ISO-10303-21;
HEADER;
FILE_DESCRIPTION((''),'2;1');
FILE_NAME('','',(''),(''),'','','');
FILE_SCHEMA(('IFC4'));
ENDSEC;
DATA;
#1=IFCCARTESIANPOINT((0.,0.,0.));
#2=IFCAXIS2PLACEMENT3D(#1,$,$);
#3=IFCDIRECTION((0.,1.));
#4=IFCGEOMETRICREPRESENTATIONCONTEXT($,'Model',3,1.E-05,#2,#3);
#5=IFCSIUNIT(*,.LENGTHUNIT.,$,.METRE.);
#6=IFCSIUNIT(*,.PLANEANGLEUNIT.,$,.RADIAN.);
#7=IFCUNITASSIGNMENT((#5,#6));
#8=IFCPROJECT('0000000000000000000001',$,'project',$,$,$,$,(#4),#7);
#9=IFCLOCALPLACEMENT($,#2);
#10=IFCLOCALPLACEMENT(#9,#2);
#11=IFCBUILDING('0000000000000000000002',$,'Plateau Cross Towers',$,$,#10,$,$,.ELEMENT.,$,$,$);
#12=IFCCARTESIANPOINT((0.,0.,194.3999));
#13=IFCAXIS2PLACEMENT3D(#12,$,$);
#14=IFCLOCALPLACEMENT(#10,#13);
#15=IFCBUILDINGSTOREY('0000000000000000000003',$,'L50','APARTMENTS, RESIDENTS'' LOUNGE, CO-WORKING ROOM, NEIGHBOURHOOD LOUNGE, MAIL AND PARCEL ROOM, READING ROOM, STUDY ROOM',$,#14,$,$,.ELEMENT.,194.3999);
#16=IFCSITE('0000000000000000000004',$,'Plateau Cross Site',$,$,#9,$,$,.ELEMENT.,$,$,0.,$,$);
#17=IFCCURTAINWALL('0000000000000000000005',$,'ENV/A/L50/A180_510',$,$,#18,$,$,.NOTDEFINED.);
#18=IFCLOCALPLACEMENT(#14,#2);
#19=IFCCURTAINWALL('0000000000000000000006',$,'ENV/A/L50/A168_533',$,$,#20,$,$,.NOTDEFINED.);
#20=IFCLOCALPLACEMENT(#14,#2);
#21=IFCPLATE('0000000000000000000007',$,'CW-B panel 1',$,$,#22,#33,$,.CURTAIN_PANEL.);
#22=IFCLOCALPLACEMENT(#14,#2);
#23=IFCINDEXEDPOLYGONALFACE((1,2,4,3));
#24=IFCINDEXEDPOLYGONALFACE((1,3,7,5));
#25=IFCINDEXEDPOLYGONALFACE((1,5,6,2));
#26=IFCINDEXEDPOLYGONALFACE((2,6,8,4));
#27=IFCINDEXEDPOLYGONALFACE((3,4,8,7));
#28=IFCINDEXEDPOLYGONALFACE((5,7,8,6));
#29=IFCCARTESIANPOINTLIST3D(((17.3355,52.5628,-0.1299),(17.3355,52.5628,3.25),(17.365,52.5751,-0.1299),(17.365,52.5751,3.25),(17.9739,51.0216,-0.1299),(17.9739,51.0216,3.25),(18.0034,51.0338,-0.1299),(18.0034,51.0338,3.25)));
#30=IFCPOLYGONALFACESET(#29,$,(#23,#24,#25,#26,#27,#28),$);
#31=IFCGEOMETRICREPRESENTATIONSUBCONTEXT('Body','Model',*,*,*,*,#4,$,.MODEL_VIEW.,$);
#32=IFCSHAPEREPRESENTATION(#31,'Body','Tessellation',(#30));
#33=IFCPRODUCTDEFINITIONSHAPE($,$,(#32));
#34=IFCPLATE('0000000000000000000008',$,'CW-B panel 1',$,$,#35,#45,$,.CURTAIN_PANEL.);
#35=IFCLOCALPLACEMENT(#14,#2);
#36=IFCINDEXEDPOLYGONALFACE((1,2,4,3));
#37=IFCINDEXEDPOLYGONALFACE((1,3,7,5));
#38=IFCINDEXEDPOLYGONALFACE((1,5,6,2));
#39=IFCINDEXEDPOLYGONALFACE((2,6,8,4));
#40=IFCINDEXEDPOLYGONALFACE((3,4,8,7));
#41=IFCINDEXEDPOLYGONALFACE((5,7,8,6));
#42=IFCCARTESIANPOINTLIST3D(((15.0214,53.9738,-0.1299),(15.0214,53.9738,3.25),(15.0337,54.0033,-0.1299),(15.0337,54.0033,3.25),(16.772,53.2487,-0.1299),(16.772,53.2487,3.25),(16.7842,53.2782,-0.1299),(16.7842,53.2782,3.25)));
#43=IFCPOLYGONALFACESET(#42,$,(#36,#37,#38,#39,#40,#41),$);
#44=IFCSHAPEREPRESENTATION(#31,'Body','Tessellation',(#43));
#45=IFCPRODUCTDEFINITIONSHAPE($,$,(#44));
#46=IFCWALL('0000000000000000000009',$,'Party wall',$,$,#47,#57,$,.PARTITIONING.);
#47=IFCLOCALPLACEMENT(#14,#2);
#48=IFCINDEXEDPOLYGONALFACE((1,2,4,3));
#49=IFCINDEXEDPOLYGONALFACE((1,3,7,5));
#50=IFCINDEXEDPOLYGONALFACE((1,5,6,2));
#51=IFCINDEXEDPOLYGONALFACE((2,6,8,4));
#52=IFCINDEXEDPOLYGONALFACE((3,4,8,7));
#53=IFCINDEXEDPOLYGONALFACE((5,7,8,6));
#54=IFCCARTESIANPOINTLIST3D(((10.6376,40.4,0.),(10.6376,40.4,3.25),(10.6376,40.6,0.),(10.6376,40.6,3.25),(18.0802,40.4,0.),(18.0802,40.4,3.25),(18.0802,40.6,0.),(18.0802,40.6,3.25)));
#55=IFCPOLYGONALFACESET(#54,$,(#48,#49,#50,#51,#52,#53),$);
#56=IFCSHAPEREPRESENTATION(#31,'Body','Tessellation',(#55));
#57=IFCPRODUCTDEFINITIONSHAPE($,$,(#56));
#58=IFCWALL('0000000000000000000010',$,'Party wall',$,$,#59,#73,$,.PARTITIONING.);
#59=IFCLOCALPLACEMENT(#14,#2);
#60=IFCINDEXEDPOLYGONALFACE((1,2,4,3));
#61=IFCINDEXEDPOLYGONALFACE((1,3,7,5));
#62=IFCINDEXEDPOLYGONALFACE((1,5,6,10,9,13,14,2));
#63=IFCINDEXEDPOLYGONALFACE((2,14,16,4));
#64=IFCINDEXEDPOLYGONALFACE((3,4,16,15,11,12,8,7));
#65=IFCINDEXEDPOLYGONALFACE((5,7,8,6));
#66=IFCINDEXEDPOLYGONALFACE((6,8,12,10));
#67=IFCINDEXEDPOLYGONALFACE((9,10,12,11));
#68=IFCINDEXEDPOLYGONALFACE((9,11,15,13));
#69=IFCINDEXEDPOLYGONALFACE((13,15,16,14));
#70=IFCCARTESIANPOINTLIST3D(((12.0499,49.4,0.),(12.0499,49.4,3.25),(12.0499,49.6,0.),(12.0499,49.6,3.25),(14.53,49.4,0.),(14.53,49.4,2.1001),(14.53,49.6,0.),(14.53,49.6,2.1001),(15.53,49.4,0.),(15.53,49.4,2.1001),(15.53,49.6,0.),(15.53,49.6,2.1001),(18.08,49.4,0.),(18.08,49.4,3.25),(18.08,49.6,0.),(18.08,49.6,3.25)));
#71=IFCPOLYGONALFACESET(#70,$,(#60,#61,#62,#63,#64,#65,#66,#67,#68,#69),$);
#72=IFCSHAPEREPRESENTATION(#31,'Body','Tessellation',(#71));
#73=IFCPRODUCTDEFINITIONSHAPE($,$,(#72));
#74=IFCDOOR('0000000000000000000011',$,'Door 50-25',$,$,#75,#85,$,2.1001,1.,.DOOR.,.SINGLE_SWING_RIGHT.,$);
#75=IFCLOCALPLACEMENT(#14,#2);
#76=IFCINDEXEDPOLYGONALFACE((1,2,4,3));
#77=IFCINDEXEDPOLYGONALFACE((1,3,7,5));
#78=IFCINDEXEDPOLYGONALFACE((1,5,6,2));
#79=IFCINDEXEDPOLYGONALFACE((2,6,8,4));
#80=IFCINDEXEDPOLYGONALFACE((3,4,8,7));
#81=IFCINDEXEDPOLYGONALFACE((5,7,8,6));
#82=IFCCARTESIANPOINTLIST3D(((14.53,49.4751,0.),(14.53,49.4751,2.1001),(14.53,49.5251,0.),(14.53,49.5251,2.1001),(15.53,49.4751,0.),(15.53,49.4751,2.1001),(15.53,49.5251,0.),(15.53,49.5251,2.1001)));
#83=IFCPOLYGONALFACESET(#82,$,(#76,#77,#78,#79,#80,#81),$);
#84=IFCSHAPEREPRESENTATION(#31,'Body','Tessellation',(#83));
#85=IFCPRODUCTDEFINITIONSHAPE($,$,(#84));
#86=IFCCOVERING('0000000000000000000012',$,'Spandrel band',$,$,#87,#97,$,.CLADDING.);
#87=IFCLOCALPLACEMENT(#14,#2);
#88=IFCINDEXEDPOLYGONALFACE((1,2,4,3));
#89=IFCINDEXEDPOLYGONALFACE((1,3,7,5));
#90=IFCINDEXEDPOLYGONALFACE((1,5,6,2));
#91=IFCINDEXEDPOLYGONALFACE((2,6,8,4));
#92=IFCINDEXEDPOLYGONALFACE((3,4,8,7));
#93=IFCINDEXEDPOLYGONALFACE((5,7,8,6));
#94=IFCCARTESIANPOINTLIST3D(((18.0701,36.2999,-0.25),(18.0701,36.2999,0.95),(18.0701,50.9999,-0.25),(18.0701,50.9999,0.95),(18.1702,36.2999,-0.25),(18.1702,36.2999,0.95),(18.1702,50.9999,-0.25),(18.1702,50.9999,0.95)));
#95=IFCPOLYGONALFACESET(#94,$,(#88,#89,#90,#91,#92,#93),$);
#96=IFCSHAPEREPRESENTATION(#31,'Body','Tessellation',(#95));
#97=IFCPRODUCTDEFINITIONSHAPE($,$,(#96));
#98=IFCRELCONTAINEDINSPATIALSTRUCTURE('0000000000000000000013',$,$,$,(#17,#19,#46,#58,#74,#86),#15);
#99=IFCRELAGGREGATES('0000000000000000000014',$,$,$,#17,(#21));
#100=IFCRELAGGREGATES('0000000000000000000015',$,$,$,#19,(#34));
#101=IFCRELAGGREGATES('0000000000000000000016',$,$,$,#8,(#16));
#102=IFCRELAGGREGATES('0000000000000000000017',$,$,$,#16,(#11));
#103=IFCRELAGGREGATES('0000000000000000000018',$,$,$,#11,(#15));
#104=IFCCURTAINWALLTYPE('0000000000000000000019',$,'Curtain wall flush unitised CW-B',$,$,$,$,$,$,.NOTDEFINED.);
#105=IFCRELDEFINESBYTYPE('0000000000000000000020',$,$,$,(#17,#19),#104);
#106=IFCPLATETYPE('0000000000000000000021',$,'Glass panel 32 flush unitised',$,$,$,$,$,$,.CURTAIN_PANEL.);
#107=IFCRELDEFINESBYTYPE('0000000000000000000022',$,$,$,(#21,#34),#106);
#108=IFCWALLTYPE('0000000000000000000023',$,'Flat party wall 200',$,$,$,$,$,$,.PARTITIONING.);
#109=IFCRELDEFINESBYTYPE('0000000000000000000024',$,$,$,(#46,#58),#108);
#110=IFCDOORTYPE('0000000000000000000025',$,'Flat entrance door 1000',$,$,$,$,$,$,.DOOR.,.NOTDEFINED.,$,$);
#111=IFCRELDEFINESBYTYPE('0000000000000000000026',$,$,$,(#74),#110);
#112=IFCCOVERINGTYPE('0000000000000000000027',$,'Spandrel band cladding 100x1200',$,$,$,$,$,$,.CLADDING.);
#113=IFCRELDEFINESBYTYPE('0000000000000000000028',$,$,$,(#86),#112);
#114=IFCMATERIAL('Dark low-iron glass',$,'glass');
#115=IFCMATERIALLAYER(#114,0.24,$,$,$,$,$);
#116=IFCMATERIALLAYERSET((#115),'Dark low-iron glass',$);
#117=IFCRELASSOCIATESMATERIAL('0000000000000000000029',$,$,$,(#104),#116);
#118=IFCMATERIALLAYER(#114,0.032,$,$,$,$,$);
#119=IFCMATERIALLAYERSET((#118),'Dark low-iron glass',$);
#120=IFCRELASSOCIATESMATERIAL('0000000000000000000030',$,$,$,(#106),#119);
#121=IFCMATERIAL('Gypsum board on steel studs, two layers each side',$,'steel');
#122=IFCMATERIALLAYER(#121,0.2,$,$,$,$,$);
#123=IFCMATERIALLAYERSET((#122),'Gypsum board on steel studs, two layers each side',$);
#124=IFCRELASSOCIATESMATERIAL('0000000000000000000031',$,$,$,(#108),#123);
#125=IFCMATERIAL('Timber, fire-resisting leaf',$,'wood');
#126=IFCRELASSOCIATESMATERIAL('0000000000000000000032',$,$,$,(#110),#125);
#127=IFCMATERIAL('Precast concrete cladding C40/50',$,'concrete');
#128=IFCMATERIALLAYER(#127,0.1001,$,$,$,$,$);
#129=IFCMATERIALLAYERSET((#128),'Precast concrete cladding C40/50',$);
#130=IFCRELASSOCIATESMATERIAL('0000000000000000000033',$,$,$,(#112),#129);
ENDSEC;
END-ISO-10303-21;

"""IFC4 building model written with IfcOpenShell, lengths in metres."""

from ifc_helpers import new_model, si_unit, direction, frame, frame_2d, origin, origin_2d, place, context, subcontext, project, spatial, rectangle, extrude, material, layer, layer_set, type_object, element, fill, aggregate, save


model = new_model("IFC4")

# Units and contexts
model_context = context("Model", 3, precision=1e-05, world=origin(), true_north=direction((0.0, 1.0)))
body_context = subcontext(model_context, "Body", "Model", "MODEL_VIEW")
ifc_project = project(units=[si_unit("LENGTHUNIT", "METRE"), si_unit("PLANEANGLEUNIT", "RADIAN")], contexts=[model_context])

# Site, building, storey
site_placement = place(None, origin())
site = spatial("IfcSite", under=ifc_project, at=site_placement, Name="Plateau Cross Site", CompositionType="ELEMENT", RefElevation=0.0)
building_placement = place(site_placement, origin())
building = spatial("IfcBuilding", under=site, at=building_placement, Name="Plateau Cross Towers", CompositionType="ELEMENT")
storey_placement = place(building_placement, frame((0.0, 0.0, 194.3999)))
storey = spatial("IfcBuildingStorey", under=building, at=storey_placement, Name="L50", Description="APARTMENTS, RESIDENTS' LOUNGE, CO-WORKING ROOM, NEIGHBOURHOOD LOUNGE, MAIL AND PARCEL ROOM, READING ROOM, STUDY ROOM", CompositionType="ELEMENT", Elevation=194.3999)

# Curtain wall
ifc_material_1 = material(Name="Dark low-iron glass", Category="glass")
ifc_layer_1 = layer(ifc_material_1, 0.24)
ifc_layer_set_1 = layer_set([ifc_layer_1], Name="Dark low-iron glass")
curtain_wall_type = type_object("IfcCurtainWallType", Name="Curtain wall flush unitised CW-B", PredefinedType="NOTDEFINED", material=ifc_layer_set_1)
curtain_wall_1_placement = place(storey_placement, origin())
curtain_wall_1 = element("IfcCurtainWall", 1, at=curtain_wall_1_placement, inside=storey, type_object=curtain_wall_type, Name="ENV/A/L50/A180_510", PredefinedType="NOTDEFINED")

# Curtain wall
curtain_wall_2_placement = place(storey_placement, origin())
curtain_wall_2 = element("IfcCurtainWall", 2, at=curtain_wall_2_placement, inside=storey, type_object=curtain_wall_type, Name="ENV/A/L50/A168_533", PredefinedType="NOTDEFINED")

# Plates
ifc_layer_2 = layer(ifc_material_1, 0.032)
ifc_layer_set_2 = layer_set([ifc_layer_2], Name="Dark low-iron glass")
plate_type = type_object("IfcPlateType", Name="Glass panel 32 flush unitised", PredefinedType="CURTAIN_PANEL", material=ifc_layer_set_2)
plate_1_placement = place(storey_placement, frame((17.6694, 51.7983, -0.1299), z_axis=(0.0, 0.0, 1.0), x_axis=(-0.382684, 0.923879, 0.0)))
plate_1 = element("IfcPlate", 3, at=plate_1_placement, type_object=plate_type, Name="CW-B panel 1", PredefinedType="CURTAIN_PANEL", context=body_context, shape_type="SweptSolid", body=[
    extrude(rectangle(XDim=1.6682, YDim=0.032, at=origin_2d()), origin(), (0.0, 0.0, 1.0), 3.3799),
])
aggregate(curtain_wall_1, [plate_1])
plate_2_placement = place(storey_placement, frame((15.9028, 53.626, -0.1299), z_axis=(0.0, 0.0, 1.0), x_axis=(-0.923879, 0.382684, 0.0)))
plate_2 = element("IfcPlate", 4, at=plate_2_placement, type_object=plate_type, Name="CW-B panel 1", PredefinedType="CURTAIN_PANEL", context=body_context, shape_type="SweptSolid", body=[
    extrude(rectangle(XDim=1.8948, YDim=0.032, at=origin_2d()), origin(), (0.0, 0.0, 1.0), 3.3799),
])
aggregate(curtain_wall_2, [plate_2])

# Wall
ifc_material_2 = material(Name="Gypsum board on steel studs, two layers each side", Category="steel")
ifc_layer_3 = layer(ifc_material_2, 0.2)
ifc_layer_set_3 = layer_set([ifc_layer_3], Name="Gypsum board on steel studs, two layers each side")
wall_type_1 = type_object("IfcWallType", Name="Flat party wall 200", PredefinedType="PARTITIONING", material=ifc_layer_set_3)
wall_1_placement = place(storey_placement, frame((18.0801, 40.5, 0.0), z_axis=(0.0, 0.0, 1.0), x_axis=(-1.0, 0.0, 0.0)))
element("IfcWall", 5, at=wall_1_placement, inside=storey, type_object=wall_type_1, Name="Party wall", PredefinedType="PARTITIONING", context=body_context, shape_type="SweptSolid", body=[
    extrude(rectangle(XDim=7.4426, YDim=0.2, at=frame_2d((3.7212, 0.0))), origin(), (0.0, 0.0, 1.0), 3.25),
])

# Wall, opening, door
wall_2_placement = place(storey_placement, frame((18.0801, 49.5, 0.0), z_axis=(0.0, 0.0, 1.0), x_axis=(-1.0, 0.0, 0.0)))
wall_2 = element("IfcWall", 6, at=wall_2_placement, inside=storey, type_object=wall_type_1, Name="Party wall", PredefinedType="PARTITIONING", context=body_context, shape_type="SweptSolid", body=[
    extrude(rectangle(XDim=6.03, YDim=0.2, at=frame_2d((3.0151, 0.0))), origin(), (0.0, 0.0, 1.0), 3.25),
])
opening_1_placement = place(wall_2_placement, frame((2.55, 0.0, 0.0)))
opening_1 = element("IfcOpeningElement", 7, at=opening_1_placement, cuts=wall_2, PredefinedType="OPENING", context=body_context, shape_type="SweptSolid", body=[
    extrude(rectangle(XDim=1.0, YDim=2.1001, at=frame_2d((0.5, 1.05))), frame((0.0, 0.1099, 0.0), z_axis=(0.0, -1.0, 0.0), x_axis=(1.0, 0.0, 0.0)), (0.0, 0.0, 1.0), 0.22),
])
ifc_material_3 = material(Name="Timber, fire-resisting leaf", Category="wood")
door_type_1 = type_object("IfcDoorType", Name="Flat entrance door 1000", OperationType="NOTDEFINED", PredefinedType="DOOR", material=ifc_material_3)
door_1_placement = place(opening_1_placement, origin())
door_1 = element("IfcDoor", 8, at=door_1_placement, inside=storey, type_object=door_type_1, Name="Door 50-25", OperationType="SINGLE_SWING_RIGHT", OverallHeight=2.1001, OverallWidth=1.0, PredefinedType="DOOR", context=body_context, shape_type="SweptSolid", body=[
    extrude(rectangle(XDim=1.0, YDim=2.1001, at=frame_2d((0.5, 1.05))), frame((0.0, 0.0249, 0.0), z_axis=(0.0, -1.0, 0.0), x_axis=(1.0, 0.0, 0.0)), (0.0, 0.0, 1.0), 0.05),
])
fill(opening_1, door_1)

# Covering
ifc_material_4 = material(Name="Precast concrete cladding C40/50", Category="concrete")
ifc_layer_4 = layer(ifc_material_4, 0.1001)
ifc_layer_set_4 = layer_set([ifc_layer_4], Name="Precast concrete cladding C40/50")
covering_type = type_object("IfcCoveringType", Name="Spandrel band cladding 100x1200", PredefinedType="CLADDING", material=ifc_layer_set_4)
covering_placement = place(storey_placement, frame((18.1201, 43.6499, -0.25), z_axis=(0.0, 0.0, 1.0), x_axis=(0.0, 1.0, 0.0)))
element("IfcCovering", 9, at=covering_placement, inside=storey, type_object=covering_type, Name="Spandrel band", PredefinedType="CLADDING", context=body_context, shape_type="SweptSolid", body=[
    extrude(rectangle(XDim=14.7, YDim=0.1001, at=origin_2d()), origin(), (0.0, 0.0, 1.0), 1.2),
])

save(model, "model.ifc")
